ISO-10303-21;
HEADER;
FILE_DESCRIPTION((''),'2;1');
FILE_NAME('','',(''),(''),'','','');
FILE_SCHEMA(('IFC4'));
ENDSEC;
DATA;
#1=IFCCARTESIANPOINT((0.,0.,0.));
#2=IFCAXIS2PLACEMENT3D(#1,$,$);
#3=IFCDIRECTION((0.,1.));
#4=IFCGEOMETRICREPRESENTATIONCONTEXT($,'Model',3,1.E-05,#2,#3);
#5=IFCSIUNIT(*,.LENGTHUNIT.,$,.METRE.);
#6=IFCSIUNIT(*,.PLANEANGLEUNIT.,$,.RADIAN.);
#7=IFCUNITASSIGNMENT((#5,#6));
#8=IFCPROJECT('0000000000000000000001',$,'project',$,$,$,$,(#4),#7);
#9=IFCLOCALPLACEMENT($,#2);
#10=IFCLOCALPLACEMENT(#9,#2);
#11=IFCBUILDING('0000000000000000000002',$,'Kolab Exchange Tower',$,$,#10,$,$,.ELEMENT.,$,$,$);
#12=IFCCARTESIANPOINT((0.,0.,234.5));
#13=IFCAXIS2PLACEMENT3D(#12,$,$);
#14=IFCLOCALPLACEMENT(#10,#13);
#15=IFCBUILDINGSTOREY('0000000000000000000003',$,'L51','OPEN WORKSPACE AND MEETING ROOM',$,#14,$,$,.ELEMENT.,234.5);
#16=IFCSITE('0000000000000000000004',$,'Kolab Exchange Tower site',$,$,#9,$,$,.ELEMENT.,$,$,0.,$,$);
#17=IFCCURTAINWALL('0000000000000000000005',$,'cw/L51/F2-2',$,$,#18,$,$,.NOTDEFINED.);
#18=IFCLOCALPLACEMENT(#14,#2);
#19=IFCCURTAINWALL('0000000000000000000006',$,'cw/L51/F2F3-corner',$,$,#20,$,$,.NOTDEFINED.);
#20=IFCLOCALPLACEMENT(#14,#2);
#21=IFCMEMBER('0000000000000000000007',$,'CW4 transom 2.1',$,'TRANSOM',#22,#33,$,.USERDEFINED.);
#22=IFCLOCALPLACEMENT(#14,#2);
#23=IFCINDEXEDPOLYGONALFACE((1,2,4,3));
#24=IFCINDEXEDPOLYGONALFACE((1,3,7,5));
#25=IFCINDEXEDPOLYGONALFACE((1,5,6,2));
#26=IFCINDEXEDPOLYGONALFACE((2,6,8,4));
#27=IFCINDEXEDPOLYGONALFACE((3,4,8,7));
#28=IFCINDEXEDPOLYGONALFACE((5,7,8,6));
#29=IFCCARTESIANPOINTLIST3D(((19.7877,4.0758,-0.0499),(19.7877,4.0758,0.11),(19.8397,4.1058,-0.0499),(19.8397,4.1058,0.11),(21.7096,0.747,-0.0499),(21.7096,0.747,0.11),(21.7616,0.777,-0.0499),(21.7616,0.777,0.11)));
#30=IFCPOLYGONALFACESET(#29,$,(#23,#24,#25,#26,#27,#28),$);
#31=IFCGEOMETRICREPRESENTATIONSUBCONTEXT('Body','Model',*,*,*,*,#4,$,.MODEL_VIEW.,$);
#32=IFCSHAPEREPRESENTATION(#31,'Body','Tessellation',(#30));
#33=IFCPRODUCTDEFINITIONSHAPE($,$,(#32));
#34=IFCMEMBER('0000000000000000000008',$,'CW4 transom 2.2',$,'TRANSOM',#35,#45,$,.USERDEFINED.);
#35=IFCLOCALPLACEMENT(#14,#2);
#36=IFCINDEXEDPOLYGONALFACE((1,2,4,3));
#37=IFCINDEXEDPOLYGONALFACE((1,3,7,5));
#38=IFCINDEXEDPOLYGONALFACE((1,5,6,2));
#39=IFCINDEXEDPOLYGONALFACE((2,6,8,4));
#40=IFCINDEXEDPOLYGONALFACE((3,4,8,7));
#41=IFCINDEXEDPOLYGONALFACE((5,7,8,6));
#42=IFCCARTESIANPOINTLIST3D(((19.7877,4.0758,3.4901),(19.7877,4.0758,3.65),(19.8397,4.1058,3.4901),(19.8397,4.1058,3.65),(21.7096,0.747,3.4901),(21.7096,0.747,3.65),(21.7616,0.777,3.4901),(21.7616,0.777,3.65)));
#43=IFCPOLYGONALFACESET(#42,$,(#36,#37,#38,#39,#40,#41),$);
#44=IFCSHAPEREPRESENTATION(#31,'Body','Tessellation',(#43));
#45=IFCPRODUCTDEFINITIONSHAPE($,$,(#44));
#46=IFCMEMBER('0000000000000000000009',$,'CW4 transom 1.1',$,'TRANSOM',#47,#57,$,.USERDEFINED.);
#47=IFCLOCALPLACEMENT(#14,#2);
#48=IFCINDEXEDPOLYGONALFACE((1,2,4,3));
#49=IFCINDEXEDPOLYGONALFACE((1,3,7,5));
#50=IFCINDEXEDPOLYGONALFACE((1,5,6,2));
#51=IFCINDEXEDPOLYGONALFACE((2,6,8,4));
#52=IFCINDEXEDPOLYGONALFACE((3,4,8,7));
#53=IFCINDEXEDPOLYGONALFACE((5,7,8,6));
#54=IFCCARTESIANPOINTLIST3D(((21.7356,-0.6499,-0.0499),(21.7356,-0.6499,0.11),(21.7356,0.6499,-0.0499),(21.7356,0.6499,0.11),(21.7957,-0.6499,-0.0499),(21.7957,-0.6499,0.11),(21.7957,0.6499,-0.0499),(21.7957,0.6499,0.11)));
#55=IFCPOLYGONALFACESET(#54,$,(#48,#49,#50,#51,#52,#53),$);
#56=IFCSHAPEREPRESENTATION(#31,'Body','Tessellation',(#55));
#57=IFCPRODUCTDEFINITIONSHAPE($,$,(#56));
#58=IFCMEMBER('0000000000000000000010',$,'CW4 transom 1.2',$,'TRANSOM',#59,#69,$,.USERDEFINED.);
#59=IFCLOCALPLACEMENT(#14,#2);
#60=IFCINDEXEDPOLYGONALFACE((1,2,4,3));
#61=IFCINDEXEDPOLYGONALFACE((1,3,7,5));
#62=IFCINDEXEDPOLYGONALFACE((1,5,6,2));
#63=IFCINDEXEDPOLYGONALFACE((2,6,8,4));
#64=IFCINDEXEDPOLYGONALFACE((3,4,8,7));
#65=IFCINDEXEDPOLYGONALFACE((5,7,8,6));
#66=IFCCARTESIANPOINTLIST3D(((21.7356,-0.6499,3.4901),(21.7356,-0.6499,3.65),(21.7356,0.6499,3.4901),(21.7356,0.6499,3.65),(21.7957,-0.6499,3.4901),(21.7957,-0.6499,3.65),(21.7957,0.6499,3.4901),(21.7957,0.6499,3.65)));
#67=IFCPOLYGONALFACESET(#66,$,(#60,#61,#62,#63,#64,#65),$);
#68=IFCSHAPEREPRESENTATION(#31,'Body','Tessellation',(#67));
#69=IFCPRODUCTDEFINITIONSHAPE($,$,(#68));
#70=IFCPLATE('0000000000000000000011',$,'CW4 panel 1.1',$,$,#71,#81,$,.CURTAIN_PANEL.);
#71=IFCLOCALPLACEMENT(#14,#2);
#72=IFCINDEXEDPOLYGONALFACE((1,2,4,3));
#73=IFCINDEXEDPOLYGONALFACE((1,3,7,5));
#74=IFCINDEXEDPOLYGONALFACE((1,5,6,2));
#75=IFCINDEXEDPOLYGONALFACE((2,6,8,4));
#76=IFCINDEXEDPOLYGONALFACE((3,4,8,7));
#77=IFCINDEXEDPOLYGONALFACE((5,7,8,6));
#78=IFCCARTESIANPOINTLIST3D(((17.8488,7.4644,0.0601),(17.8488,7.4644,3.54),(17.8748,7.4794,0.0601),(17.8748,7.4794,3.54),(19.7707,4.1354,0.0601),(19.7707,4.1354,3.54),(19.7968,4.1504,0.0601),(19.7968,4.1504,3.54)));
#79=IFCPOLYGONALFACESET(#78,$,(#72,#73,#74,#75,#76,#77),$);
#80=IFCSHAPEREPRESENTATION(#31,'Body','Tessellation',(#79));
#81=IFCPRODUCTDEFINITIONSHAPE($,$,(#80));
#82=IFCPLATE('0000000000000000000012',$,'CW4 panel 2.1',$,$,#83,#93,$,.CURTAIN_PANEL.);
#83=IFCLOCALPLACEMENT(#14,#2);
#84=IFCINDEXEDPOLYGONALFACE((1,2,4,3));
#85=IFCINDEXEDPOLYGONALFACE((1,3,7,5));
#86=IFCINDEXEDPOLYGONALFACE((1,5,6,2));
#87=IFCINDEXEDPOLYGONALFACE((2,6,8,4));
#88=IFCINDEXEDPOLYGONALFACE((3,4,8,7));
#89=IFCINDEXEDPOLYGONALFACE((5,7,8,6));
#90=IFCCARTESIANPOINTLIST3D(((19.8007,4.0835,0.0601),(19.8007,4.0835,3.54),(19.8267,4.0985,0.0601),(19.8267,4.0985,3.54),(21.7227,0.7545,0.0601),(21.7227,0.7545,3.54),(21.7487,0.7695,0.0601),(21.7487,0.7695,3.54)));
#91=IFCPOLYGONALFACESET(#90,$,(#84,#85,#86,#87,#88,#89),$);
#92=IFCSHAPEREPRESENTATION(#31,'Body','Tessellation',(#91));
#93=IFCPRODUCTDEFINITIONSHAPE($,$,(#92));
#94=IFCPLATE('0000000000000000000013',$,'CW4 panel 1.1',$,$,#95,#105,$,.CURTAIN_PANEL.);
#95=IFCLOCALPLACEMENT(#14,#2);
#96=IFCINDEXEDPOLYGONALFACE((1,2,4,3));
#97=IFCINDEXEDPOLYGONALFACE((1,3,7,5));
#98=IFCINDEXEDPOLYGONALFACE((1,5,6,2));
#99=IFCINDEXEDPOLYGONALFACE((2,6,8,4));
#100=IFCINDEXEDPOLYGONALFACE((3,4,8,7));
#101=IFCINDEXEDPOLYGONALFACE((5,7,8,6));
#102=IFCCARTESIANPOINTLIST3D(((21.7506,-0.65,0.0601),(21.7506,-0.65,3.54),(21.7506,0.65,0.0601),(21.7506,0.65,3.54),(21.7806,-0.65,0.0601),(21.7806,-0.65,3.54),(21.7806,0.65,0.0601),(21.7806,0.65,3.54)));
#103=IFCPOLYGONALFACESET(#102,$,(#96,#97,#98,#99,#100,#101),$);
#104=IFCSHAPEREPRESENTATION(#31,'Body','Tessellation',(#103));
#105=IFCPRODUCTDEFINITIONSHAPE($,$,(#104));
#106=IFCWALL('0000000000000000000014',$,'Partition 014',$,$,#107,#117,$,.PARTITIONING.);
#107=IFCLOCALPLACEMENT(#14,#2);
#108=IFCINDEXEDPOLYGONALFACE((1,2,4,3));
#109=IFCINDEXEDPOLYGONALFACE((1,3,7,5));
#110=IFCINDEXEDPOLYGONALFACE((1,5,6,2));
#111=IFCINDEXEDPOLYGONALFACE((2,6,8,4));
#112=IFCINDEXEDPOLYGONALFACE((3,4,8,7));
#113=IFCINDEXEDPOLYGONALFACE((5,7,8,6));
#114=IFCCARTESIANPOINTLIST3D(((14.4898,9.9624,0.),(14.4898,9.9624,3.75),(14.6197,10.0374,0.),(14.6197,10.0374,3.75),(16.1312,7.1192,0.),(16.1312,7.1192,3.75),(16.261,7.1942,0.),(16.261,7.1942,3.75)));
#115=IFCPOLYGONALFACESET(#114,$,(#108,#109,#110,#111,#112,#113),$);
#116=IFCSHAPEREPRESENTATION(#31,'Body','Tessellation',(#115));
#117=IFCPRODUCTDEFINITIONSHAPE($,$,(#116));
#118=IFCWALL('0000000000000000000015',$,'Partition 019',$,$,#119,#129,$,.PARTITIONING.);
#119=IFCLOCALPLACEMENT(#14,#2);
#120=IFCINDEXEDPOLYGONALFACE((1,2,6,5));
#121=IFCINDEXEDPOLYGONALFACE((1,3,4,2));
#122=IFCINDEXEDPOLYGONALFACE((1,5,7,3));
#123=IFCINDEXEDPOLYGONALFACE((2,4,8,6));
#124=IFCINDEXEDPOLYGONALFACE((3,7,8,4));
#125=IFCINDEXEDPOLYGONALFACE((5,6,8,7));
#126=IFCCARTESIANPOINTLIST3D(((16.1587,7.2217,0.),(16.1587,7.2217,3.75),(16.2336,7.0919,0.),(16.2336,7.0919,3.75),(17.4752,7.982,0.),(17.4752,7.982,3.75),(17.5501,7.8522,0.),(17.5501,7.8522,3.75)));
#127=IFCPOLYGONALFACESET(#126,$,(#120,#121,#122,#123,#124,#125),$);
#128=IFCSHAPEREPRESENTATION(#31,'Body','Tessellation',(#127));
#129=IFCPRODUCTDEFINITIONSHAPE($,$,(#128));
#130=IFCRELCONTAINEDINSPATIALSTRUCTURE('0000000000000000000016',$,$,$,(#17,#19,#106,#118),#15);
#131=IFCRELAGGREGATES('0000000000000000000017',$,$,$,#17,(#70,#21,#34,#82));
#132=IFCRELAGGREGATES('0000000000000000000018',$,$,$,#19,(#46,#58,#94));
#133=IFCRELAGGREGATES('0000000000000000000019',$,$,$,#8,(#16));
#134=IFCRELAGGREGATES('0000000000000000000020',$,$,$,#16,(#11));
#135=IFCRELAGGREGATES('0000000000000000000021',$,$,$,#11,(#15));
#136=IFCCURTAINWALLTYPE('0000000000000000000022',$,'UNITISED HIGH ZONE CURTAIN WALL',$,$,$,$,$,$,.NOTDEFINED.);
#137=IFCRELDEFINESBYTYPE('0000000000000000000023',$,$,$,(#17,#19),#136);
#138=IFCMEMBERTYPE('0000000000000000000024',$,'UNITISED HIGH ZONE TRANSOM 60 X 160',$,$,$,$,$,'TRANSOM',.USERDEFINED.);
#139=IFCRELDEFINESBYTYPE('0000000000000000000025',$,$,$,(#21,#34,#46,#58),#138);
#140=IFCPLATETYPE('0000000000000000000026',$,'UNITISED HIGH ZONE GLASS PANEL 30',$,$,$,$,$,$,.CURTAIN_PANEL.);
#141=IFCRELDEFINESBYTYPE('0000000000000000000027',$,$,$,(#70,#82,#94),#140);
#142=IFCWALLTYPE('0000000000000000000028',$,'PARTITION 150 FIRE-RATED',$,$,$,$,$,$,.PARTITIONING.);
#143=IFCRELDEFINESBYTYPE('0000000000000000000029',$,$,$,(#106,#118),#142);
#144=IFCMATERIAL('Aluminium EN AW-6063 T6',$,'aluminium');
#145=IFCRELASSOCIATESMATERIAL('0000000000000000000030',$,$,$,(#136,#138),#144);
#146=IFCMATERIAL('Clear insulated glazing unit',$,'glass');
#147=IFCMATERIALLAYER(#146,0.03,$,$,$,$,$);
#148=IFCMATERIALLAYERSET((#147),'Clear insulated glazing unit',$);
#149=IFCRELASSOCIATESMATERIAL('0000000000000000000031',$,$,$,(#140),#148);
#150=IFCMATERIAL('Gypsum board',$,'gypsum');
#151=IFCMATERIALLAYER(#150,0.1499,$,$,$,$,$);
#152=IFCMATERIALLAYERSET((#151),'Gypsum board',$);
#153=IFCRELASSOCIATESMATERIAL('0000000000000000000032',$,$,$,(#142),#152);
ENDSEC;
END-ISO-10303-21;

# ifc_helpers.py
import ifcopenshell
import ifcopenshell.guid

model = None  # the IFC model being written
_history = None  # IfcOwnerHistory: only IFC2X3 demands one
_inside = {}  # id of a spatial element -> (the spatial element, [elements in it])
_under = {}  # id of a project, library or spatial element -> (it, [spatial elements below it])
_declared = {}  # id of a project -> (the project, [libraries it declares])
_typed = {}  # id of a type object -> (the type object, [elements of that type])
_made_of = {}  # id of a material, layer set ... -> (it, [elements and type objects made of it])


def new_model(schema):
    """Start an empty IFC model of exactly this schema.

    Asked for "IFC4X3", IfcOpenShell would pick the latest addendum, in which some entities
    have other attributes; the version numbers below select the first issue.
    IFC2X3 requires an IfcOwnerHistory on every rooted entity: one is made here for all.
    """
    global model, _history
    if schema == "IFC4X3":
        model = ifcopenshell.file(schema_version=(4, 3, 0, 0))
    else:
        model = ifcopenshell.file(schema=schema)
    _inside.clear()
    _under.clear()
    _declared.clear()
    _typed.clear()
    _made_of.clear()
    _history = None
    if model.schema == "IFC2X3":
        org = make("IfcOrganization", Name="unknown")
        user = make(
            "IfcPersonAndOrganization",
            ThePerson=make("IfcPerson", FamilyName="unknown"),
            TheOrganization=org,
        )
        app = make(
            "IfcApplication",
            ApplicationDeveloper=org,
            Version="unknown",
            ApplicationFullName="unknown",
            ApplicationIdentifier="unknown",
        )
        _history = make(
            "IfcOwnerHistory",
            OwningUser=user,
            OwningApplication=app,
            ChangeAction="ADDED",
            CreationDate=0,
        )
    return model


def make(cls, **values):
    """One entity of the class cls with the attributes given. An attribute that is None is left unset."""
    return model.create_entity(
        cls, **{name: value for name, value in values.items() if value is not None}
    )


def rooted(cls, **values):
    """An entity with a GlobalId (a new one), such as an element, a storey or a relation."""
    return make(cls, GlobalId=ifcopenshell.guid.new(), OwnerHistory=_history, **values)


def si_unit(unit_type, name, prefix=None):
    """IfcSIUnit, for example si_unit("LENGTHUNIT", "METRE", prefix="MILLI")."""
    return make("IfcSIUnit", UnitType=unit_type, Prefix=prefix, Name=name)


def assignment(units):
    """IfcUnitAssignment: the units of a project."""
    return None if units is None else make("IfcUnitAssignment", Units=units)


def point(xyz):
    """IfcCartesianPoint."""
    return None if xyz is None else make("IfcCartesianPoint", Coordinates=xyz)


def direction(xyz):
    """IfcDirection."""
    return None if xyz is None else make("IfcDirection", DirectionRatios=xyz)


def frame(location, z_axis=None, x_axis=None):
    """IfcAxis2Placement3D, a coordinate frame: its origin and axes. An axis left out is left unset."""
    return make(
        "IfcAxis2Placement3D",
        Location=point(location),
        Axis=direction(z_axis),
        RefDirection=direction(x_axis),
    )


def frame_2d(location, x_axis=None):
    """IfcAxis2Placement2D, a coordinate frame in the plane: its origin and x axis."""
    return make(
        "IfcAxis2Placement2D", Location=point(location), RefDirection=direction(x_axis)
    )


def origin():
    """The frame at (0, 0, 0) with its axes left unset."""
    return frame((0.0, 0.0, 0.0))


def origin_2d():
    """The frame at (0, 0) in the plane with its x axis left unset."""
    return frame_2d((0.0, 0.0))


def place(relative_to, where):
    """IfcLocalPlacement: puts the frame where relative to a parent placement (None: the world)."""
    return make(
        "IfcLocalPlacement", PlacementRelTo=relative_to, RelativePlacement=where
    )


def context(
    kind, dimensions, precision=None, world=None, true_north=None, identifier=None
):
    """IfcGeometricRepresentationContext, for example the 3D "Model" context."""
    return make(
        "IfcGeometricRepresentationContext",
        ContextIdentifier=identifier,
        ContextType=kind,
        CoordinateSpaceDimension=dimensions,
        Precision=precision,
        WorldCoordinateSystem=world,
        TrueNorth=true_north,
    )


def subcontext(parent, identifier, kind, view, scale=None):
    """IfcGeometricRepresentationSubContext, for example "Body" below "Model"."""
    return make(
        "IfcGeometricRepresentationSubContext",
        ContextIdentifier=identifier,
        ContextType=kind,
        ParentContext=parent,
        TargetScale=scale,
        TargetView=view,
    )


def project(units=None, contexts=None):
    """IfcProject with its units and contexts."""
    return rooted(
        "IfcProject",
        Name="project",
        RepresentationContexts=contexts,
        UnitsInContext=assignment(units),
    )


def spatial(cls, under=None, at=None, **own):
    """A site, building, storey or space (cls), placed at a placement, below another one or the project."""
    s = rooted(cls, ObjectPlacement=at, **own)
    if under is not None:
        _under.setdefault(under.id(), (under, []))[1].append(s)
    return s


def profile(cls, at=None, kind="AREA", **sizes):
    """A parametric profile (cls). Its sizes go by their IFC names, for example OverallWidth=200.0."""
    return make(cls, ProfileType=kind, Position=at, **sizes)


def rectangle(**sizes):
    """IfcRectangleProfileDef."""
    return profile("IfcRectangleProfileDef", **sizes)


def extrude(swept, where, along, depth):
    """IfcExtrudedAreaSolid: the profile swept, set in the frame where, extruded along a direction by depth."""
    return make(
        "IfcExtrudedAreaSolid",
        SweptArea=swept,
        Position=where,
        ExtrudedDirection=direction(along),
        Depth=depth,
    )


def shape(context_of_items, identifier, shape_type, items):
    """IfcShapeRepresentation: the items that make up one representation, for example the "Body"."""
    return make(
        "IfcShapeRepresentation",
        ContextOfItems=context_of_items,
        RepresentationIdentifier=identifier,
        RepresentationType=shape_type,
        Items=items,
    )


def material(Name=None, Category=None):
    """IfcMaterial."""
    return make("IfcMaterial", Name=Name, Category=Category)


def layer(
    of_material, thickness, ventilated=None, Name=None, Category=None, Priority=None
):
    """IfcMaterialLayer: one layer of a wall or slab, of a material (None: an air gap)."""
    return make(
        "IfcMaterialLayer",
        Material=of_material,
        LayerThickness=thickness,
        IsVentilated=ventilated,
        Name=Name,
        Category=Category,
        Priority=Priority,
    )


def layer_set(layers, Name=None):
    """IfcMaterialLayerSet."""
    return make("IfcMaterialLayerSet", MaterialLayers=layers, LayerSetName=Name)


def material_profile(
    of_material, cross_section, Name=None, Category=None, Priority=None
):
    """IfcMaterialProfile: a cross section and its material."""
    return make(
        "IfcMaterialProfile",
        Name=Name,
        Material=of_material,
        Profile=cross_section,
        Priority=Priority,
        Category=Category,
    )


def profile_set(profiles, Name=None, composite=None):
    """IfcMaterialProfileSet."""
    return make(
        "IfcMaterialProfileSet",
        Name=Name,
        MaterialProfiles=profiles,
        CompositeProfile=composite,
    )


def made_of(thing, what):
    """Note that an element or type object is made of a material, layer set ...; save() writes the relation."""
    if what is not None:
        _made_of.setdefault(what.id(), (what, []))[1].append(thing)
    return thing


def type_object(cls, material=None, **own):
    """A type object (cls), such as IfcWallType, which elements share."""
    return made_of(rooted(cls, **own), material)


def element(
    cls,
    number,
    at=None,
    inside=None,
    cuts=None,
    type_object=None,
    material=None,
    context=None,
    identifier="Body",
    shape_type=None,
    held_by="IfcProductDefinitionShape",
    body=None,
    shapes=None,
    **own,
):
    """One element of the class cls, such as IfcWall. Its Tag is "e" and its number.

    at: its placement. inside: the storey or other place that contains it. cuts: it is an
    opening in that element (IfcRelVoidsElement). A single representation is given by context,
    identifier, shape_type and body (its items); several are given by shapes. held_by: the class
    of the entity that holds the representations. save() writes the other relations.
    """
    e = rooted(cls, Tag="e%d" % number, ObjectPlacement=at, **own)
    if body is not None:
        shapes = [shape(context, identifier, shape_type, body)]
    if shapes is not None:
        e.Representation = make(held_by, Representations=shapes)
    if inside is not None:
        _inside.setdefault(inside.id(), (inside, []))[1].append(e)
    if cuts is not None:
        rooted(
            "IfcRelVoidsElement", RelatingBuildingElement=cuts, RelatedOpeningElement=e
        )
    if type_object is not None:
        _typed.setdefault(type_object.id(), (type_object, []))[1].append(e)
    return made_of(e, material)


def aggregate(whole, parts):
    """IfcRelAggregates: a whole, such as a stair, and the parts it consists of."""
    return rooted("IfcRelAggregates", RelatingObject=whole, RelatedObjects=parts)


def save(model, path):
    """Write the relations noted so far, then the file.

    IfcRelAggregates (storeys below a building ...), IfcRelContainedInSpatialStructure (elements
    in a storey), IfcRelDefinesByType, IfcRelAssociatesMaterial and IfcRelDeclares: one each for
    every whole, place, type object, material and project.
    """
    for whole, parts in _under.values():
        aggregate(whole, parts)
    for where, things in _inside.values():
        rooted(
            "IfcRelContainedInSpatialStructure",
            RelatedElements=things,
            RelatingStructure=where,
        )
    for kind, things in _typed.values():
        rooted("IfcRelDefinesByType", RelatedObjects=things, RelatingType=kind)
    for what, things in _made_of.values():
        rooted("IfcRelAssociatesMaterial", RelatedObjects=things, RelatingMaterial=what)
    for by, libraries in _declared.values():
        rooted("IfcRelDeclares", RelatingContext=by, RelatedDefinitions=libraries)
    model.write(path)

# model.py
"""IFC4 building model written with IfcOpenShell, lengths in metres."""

from ifc_helpers import new_model, si_unit, direction, frame, frame_2d, origin, origin_2d, place, context, subcontext, project, spatial, rectangle, extrude, material, layer, layer_set, material_profile, profile_set, type_object, element, aggregate, save


model = new_model("IFC4")

# Units and contexts
model_context = context("Model", 3, precision=1e-05, world=origin(), true_north=direction((0.0, 1.0)))
body_context = subcontext(model_context, "Body", "Model", "MODEL_VIEW")
ifc_project = project(units=[si_unit("LENGTHUNIT", "METRE"), si_unit("PLANEANGLEUNIT", "RADIAN")], contexts=[model_context])

# Site, building, storey
site_placement = place(None, origin())
site = spatial("IfcSite", under=ifc_project, at=site_placement, Name="Kolab Exchange Tower site", CompositionType="ELEMENT", RefElevation=0.0)
building_placement = place(site_placement, origin())
building = spatial("IfcBuilding", under=site, at=building_placement, Name="Kolab Exchange Tower", CompositionType="ELEMENT")
storey_placement = place(building_placement, frame((0.0, 0.0, 234.5)))
storey = spatial("IfcBuildingStorey", under=building, at=storey_placement, Name="L51", Description="OPEN WORKSPACE AND MEETING ROOM", CompositionType="ELEMENT", Elevation=234.5)

# Curtain wall
ifc_material_1 = material(Name="Aluminium EN AW-6063 T6", Category="aluminium")
curtain_wall_type = type_object("IfcCurtainWallType", Name="UNITISED HIGH ZONE CURTAIN WALL", PredefinedType="NOTDEFINED", material=ifc_material_1)
curtain_wall_1_placement = place(storey_placement, origin())
curtain_wall_1 = element("IfcCurtainWall", 1, at=curtain_wall_1_placement, inside=storey, type_object=curtain_wall_type, Name="cw/L51/F2-2", PredefinedType="NOTDEFINED")

# Curtain wall
curtain_wall_2_placement = place(storey_placement, origin())
curtain_wall_2 = element("IfcCurtainWall", 2, at=curtain_wall_2_placement, inside=storey, type_object=curtain_wall_type, Name="cw/L51/F2F3-corner", PredefinedType="NOTDEFINED")

# Members
ifc_material_profile_1 = material_profile(ifc_material_1, rectangle(XDim=0.0601, YDim=0.1599, at=origin_2d()), Name="RECT 60X160")
ifc_profile_set_1 = profile_set([ifc_material_profile_1], Name="Aluminium EN AW-6063 T6")
member_type_1 = type_object("IfcMemberType", Name="UNITISED HIGH ZONE TRANSOM 60 X 160", ElementType="TRANSOM", PredefinedType="USERDEFINED", material=ifc_profile_set_1)
member_1_placement = place(storey_placement, frame((19.8137, 4.0908, 0.03), z_axis=(0.499992, -0.86603, 0.0), x_axis=(0.86603, 0.499992, 0.0)))
member_1 = element("IfcMember", 3, at=member_1_placement, type_object=member_type_1, Name="CW4 transom 2.1", ObjectType="TRANSOM", PredefinedType="USERDEFINED", context=body_context, shape_type="SweptSolid", body=[
    extrude(rectangle(XDim=0.0601, YDim=0.1599, at=origin_2d()), origin(), (0.0, 0.0, 1.0), 3.8438),
])
member_2_placement = place(storey_placement, frame((19.8137, 4.0908, 3.5701), z_axis=(0.499992, -0.86603, 0.0), x_axis=(0.86603, 0.499992, 0.0)))
member_2 = element("IfcMember", 4, at=member_2_placement, type_object=member_type_1, Name="CW4 transom 2.2", ObjectType="TRANSOM", PredefinedType="USERDEFINED", context=body_context, shape_type="SweptSolid", body=[
    extrude(rectangle(XDim=0.0601, YDim=0.1599, at=origin_2d()), origin(), (0.0, 0.0, 1.0), 3.8438),
])
member_3_placement = place(storey_placement, frame((21.7656, 0.6499, 0.03), z_axis=(0.0, -1.0, 0.0), x_axis=(1.0, 0.0, 0.0)))
member_3 = element("IfcMember", 5, at=member_3_placement, type_object=member_type_1, Name="CW4 transom 1.1", ObjectType="TRANSOM", PredefinedType="USERDEFINED", context=body_context, shape_type="SweptSolid", body=[
    extrude(rectangle(XDim=0.0601, YDim=0.1599, at=origin_2d()), origin(), (0.0, 0.0, 1.0), 1.2998),
])
member_4_placement = place(storey_placement, frame((21.7656, 0.6499, 3.5701), z_axis=(0.0, -1.0, 0.0), x_axis=(1.0, 0.0, 0.0)))
member_4 = element("IfcMember", 6, at=member_4_placement, type_object=member_type_1, Name="CW4 transom 1.2", ObjectType="TRANSOM", PredefinedType="USERDEFINED", context=body_context, shape_type="SweptSolid", body=[
    extrude(rectangle(XDim=0.0601, YDim=0.1599, at=origin_2d()), origin(), (0.0, 0.0, 1.0), 1.2998),
])

# Plates
ifc_material_2 = material(Name="Clear insulated glazing unit", Category="glass")
ifc_layer_1 = layer(ifc_material_2, 0.03)
ifc_layer_set_1 = layer_set([ifc_layer_1], Name="Clear insulated glazing unit")
plate_type = type_object("IfcPlateType", Name="UNITISED HIGH ZONE GLASS PANEL 30", PredefinedType="CURTAIN_PANEL", material=ifc_layer_set_1)
plate_1_placement = place(storey_placement, frame((18.8228, 5.8074, 0.0601), z_axis=(0.0, 0.0, 1.0), x_axis=(0.5, -0.866025, 0.0)))
plate_1 = element("IfcPlate", 7, at=plate_1_placement, type_object=plate_type, Name="CW4 panel 1.1", PredefinedType="CURTAIN_PANEL", context=body_context, shape_type="SweptSolid", body=[
    extrude(rectangle(XDim=3.844, YDim=0.03, at=origin_2d()), origin(), (0.0, 0.0, 1.0), 3.48),
])
plate_2_placement = place(storey_placement, frame((20.7747, 2.4265, 0.0601), z_axis=(0.0, 0.0, 1.0), x_axis=(0.5, -0.866025, 0.0)))
plate_2 = element("IfcPlate", 8, at=plate_2_placement, type_object=plate_type, Name="CW4 panel 2.1", PredefinedType="CURTAIN_PANEL", context=body_context, shape_type="SweptSolid", body=[
    extrude(rectangle(XDim=3.844, YDim=0.03, at=origin_2d()), origin(), (0.0, 0.0, 1.0), 3.48),
])
aggregate(curtain_wall_1, [plate_1, member_1, member_2, plate_2])
plate_3_placement = place(storey_placement, frame((21.7656, 0.0, 0.0601), z_axis=(0.0, 0.0, 1.0), x_axis=(0.0, -1.0, 0.0)))
plate_3 = element("IfcPlate", 9, at=plate_3_placement, type_object=plate_type, Name="CW4 panel 1.1", PredefinedType="CURTAIN_PANEL", context=body_context, shape_type="SweptSolid", body=[
    extrude(rectangle(XDim=1.3, YDim=0.03, at=origin_2d()), origin(), (0.0, 0.0, 1.0), 3.48),
])
aggregate(curtain_wall_2, [member_3, member_4, plate_3])

# Walls
ifc_material_3 = material(Name="Gypsum board", Category="gypsum")
ifc_layer_2 = layer(ifc_material_3, 0.1499)
ifc_layer_set_2 = layer_set([ifc_layer_2], Name="Gypsum board")
wall_type_1 = type_object("IfcWallType", Name="PARTITION 150 FIRE-RATED", PredefinedType="PARTITIONING", material=ifc_layer_set_2)
wall_1_placement = place(storey_placement, frame((14.5547, 10.0, 0.0), z_axis=(0.0, 0.0, 1.0), x_axis=(0.499954, -0.866052, 0.0)))
element("IfcWall", 10, at=wall_1_placement, inside=storey, type_object=wall_type_1, Name="Partition 014", PredefinedType="PARTITIONING", context=body_context, shape_type="SweptSolid", body=[
    extrude(rectangle(XDim=3.283, YDim=0.1499, at=frame_2d((1.6416, 0.0))), origin(), (0.0, 0.0, 1.0), 3.75),
])
wall_2_placement = place(storey_placement, frame((16.196, 7.1567, 0.0), z_axis=(0.0, 0.0, 1.0), x_axis=(0.865961, 0.500112, 0.0)))
element("IfcWall", 11, at=wall_2_placement, inside=storey, type_object=wall_type_1, Name="Partition 019", PredefinedType="PARTITIONING", context=body_context, shape_type="SweptSolid", body=[
    extrude(rectangle(XDim=1.5203, YDim=0.1499, at=frame_2d((0.7603, 0.0))), origin(), (0.0, 0.0, 1.0), 3.75),
])

save(model, "model.ifc")
